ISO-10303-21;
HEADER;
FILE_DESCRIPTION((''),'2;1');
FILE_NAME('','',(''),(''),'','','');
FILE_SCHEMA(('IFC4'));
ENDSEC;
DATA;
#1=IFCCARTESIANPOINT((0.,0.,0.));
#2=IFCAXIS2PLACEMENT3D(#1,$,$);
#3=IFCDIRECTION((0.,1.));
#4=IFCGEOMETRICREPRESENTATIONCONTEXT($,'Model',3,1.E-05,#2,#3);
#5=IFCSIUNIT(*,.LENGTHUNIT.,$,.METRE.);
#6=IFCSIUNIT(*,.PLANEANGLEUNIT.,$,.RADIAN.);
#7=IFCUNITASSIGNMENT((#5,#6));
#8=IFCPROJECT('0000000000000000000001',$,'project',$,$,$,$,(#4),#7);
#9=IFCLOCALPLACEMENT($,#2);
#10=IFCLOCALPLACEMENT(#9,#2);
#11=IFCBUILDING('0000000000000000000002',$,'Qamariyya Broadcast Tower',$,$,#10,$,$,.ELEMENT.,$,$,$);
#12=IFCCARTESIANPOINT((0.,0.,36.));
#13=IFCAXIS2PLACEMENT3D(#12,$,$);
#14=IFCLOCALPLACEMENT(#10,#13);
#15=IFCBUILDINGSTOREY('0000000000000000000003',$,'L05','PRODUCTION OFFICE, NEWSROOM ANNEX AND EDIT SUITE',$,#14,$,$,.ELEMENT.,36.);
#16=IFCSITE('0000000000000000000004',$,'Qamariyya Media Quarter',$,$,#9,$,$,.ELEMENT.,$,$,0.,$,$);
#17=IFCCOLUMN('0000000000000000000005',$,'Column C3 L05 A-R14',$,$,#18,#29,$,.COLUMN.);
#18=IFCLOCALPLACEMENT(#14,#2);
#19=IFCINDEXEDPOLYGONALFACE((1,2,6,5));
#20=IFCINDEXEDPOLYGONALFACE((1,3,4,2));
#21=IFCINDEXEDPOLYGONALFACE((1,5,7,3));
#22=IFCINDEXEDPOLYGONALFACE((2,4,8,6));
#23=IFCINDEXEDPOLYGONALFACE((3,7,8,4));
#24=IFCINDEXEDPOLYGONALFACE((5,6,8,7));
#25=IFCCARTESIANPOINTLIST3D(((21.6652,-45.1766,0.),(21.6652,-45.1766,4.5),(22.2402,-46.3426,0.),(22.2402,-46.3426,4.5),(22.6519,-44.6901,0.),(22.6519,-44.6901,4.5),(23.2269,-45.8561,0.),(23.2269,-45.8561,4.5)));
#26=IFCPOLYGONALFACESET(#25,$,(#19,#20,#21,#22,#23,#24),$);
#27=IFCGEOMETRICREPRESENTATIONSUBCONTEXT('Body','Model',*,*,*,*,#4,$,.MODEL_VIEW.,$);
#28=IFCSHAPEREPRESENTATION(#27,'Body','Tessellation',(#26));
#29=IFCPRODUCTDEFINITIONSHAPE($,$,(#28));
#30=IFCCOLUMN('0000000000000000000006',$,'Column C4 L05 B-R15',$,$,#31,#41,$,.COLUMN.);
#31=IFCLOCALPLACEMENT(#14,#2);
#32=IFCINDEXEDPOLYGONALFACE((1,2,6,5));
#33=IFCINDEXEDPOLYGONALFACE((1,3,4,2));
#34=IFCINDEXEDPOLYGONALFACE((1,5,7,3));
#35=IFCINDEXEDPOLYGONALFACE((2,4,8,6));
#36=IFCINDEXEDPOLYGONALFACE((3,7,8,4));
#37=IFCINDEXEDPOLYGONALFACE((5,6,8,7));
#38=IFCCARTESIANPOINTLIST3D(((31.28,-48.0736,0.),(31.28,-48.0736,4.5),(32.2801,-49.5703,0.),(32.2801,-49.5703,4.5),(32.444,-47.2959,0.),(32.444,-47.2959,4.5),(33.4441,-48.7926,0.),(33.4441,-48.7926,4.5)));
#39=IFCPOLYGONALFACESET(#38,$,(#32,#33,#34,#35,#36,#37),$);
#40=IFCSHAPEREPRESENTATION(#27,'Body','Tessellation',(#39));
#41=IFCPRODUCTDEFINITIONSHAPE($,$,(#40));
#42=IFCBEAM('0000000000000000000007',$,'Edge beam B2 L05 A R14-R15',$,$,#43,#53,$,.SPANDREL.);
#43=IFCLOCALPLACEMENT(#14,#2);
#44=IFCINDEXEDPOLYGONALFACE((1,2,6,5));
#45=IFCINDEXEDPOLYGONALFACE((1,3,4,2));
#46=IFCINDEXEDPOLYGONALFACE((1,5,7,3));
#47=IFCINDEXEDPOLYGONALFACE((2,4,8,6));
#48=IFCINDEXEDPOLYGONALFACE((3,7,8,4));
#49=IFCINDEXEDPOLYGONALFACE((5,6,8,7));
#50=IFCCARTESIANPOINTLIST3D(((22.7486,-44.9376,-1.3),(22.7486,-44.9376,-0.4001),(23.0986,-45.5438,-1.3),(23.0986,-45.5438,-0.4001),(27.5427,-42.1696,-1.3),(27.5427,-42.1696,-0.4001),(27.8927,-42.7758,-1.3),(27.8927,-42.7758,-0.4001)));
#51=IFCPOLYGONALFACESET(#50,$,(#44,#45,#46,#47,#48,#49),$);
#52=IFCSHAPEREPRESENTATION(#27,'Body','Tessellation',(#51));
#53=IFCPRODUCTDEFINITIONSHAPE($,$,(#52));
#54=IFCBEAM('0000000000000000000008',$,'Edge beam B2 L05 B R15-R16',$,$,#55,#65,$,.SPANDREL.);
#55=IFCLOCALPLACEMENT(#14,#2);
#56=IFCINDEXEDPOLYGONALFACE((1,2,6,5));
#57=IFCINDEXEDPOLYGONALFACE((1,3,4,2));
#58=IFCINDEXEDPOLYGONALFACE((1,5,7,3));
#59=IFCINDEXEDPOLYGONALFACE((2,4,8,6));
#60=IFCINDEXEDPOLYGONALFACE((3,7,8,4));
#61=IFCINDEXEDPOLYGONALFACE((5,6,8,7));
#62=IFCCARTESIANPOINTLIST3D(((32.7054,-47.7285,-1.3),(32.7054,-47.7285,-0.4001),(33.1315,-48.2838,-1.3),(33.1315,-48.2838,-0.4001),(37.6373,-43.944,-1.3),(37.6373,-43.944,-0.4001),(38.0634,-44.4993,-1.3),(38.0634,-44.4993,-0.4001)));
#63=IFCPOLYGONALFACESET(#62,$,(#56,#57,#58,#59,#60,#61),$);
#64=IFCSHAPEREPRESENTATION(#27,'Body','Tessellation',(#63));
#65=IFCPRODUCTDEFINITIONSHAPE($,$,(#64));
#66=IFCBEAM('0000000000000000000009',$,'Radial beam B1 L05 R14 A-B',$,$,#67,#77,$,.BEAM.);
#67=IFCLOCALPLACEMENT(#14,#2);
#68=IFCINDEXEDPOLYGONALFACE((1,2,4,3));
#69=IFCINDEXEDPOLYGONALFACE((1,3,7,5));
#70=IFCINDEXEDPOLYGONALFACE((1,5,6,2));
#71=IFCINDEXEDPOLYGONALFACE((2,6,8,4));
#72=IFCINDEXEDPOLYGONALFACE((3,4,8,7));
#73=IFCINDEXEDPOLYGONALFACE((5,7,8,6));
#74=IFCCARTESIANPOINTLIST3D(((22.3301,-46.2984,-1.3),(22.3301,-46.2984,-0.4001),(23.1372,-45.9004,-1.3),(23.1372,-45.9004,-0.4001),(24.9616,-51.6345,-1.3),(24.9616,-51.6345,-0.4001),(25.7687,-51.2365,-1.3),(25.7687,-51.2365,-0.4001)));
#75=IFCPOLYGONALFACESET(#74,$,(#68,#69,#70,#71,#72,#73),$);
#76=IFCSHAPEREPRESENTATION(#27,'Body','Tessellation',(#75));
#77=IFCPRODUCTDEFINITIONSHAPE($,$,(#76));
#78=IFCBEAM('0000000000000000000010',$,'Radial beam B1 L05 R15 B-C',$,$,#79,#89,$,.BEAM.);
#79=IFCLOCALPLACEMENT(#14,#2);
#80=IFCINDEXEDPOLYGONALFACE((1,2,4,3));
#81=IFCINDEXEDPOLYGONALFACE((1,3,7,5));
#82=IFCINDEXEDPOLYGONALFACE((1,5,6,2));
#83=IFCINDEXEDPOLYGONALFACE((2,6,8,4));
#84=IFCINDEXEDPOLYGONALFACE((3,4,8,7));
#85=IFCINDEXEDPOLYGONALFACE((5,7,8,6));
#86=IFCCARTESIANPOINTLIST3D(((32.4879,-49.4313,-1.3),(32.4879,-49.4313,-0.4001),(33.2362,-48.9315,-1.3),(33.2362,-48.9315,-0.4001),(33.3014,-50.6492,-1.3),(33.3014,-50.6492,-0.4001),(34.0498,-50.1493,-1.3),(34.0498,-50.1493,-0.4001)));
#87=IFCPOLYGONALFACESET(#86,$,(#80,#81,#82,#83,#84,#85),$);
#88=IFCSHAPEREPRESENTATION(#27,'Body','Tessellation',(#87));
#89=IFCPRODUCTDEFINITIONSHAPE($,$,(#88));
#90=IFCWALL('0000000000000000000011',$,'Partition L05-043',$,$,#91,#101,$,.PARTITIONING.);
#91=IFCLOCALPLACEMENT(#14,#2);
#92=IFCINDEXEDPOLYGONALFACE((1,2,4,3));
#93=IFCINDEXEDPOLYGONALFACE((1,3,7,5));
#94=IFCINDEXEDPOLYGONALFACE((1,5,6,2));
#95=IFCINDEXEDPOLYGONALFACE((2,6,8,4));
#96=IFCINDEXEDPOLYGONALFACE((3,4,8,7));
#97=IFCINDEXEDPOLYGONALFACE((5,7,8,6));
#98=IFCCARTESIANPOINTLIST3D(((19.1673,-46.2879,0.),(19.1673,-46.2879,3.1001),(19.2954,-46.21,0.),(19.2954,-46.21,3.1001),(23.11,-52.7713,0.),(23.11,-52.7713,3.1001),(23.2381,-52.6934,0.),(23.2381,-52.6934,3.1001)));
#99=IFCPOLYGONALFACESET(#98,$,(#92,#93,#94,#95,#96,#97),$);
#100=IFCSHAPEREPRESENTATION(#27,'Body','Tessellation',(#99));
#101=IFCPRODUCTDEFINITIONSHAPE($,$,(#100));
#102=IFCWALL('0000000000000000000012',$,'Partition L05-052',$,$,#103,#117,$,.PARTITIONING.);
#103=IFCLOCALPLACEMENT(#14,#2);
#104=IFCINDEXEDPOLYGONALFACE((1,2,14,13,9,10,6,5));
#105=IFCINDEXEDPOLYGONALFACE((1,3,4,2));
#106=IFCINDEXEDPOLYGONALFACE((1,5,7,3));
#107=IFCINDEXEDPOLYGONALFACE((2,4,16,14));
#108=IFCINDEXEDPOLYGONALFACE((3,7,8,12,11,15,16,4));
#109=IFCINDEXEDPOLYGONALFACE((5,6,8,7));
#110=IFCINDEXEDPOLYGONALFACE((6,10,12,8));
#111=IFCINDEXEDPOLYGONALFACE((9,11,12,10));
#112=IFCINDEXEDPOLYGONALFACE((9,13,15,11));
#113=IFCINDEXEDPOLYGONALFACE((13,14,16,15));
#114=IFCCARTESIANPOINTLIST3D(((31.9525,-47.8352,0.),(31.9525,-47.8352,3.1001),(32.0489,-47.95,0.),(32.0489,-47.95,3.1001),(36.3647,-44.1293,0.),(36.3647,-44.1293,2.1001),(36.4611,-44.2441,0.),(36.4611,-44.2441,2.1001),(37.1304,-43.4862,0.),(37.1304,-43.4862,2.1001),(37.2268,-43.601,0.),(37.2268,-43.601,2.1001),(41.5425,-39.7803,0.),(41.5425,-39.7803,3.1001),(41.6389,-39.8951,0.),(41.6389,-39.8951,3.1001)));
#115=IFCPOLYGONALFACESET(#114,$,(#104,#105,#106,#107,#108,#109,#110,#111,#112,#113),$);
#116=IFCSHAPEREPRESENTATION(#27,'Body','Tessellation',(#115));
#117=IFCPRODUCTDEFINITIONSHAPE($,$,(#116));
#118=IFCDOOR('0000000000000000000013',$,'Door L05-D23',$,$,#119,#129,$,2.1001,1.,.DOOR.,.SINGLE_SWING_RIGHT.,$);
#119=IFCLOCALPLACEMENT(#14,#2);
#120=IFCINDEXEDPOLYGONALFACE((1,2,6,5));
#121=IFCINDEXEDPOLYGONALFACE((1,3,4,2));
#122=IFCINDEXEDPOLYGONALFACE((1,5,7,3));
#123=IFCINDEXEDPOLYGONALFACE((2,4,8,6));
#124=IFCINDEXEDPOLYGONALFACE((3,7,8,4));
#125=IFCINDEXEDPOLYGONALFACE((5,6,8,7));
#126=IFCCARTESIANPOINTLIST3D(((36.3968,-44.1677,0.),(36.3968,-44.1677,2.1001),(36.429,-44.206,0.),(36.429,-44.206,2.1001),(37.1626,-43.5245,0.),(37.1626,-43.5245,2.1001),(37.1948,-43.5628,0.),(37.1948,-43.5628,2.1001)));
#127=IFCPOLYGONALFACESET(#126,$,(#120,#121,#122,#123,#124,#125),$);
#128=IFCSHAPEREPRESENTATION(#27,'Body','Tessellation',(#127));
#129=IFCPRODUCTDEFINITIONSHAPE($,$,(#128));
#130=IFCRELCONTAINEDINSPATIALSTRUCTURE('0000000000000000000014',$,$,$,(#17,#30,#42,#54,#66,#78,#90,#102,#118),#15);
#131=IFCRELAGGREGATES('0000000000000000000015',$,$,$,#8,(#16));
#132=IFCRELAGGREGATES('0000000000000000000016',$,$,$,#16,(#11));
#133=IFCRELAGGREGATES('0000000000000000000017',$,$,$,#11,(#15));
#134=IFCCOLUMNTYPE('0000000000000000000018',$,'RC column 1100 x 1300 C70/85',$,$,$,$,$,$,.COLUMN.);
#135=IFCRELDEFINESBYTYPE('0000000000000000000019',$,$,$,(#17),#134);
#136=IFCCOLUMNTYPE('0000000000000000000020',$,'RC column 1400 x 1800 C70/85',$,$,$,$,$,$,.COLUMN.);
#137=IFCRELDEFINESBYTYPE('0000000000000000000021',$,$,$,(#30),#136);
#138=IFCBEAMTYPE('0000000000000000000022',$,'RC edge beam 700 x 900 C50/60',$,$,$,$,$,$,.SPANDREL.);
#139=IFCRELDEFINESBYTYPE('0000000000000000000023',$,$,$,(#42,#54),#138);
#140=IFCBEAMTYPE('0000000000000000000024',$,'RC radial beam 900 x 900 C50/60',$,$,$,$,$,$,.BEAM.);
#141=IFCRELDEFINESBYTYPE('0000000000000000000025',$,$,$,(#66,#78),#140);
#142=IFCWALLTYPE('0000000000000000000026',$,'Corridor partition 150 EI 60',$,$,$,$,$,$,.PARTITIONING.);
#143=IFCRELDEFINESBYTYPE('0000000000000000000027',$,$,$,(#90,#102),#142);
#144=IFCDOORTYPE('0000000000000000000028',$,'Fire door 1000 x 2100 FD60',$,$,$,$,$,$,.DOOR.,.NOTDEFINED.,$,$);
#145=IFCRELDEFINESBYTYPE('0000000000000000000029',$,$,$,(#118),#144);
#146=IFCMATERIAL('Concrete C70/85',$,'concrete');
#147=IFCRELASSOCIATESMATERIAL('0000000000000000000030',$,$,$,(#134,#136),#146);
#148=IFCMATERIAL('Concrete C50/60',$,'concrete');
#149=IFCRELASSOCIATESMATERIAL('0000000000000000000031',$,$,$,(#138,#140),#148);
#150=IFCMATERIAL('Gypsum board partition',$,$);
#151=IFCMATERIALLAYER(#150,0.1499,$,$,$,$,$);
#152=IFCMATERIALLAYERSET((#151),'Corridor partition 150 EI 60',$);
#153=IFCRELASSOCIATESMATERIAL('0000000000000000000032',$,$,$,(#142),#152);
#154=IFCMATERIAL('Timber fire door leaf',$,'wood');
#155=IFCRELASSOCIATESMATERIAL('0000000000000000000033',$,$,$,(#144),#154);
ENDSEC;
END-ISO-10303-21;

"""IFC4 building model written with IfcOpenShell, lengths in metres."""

from ifc_helpers import new_model, si_unit, direction, frame, frame_2d, origin, origin_2d, place, context, subcontext, project, spatial, rectangle, extrude, material, layer, layer_set, material_profile, profile_set, type_object, element, fill, save


model = new_model("IFC4")

# Units and contexts
model_context = context("Model", 3, precision=1e-05, world=origin(), true_north=direction((0.0, 1.0)))
body_context = subcontext(model_context, "Body", "Model", "MODEL_VIEW")
ifc_project = project(units=[si_unit("LENGTHUNIT", "METRE"), si_unit("PLANEANGLEUNIT", "RADIAN")], contexts=[model_context])

# Site, building, storey
site_placement = place(None, origin())
site = spatial("IfcSite", under=ifc_project, at=site_placement, Name="Qamariyya Media Quarter", CompositionType="ELEMENT", RefElevation=0.0)
building_placement = place(site_placement, origin())
building = spatial("IfcBuilding", under=site, at=building_placement, Name="Qamariyya Broadcast Tower", CompositionType="ELEMENT")
storey_placement = place(building_placement, frame((0.0, 0.0, 36.0)))
storey = spatial("IfcBuildingStorey", under=building, at=storey_placement, Name="L05", Description="PRODUCTION OFFICE, NEWSROOM ANNEX AND EDIT SUITE", CompositionType="ELEMENT", Elevation=36.0)

# Columns
ifc_material_1 = material(Name="Concrete C70/85", Category="concrete")
ifc_material_profile_1 = material_profile(ifc_material_1, rectangle(XDim=1.1001, YDim=1.3, at=origin_2d()))
ifc_profile_set_1 = profile_set([ifc_material_profile_1], Name="Concrete C70/85")
column_type_1 = type_object("IfcColumnType", Name="RC column 1100 x 1300 C70/85", PredefinedType="COLUMN", material=ifc_profile_set_1)
column_1_placement = place(storey_placement, frame((22.446, -45.5164, 0.0), z_axis=(0.0, 0.0, 1.0), x_axis=(0.896873, 0.442289, 0.0)))
element("IfcColumn", 1, at=column_1_placement, inside=storey, type_object=column_type_1, Name="Column C3 L05 A-R14", PredefinedType="COLUMN", context=body_context, shape_type="SweptSolid", body=[
    extrude(rectangle(XDim=1.1001, YDim=1.3, at=origin_2d()), origin(), (0.0, 0.0, 1.0), 4.5),
])
ifc_material_profile_2 = material_profile(ifc_material_1, rectangle(XDim=1.3999, YDim=1.8, at=origin_2d()))
ifc_profile_set_2 = profile_set([ifc_material_profile_2], Name="Concrete C70/85")
column_type_2 = type_object("IfcColumnType", Name="RC column 1400 x 1800 C70/85", PredefinedType="COLUMN", material=ifc_profile_set_2)
column_2_placement = place(storey_placement, frame((32.3621, -48.4331, 0.0), z_axis=(0.0, 0.0, 1.0), x_axis=(0.83147, 0.55557, 0.0)))
element("IfcColumn", 2, at=column_2_placement, inside=storey, type_object=column_type_2, Name="Column C4 L05 B-R15", PredefinedType="COLUMN", context=body_context, shape_type="SweptSolid", body=[
    extrude(rectangle(XDim=1.3999, YDim=1.8, at=origin_2d()), origin(), (0.0, 0.0, 1.0), 4.5),
])

# Beams
ifc_material_2 = material(Name="Concrete C50/60", Category="concrete")
ifc_material_profile_3 = material_profile(ifc_material_2, rectangle(XDim=0.7, YDim=0.8999, at=origin_2d()))
ifc_profile_set_3 = profile_set([ifc_material_profile_3], Name="Concrete C50/60")
beam_type_1 = type_object("IfcBeamType", Name="RC edge beam 700 x 900 C50/60", PredefinedType="SPANDREL", material=ifc_profile_set_3)
beam_1_placement = place(storey_placement, frame((22.9236, -45.2407, -0.8501), z_axis=(0.866014, 0.500019, 0.0), x_axis=(-0.500019, 0.866014, 0.0)))
element("IfcBeam", 3, at=beam_1_placement, inside=storey, type_object=beam_type_1, Name="Edge beam B2 L05 A R14-R15", PredefinedType="SPANDREL", context=body_context, shape_type="SweptSolid", body=[
    extrude(rectangle(XDim=0.7, YDim=0.8999, at=origin_2d()), origin(), (0.0, 0.0, 1.0), 5.5359),
])
beam_2_placement = place(storey_placement, frame((32.9185, -48.0061, -0.8501), z_axis=(0.793349, 0.608767, 0.0), x_axis=(-0.608767, 0.793349, 0.0)))
element("IfcBeam", 4, at=beam_2_placement, inside=storey, type_object=beam_type_1, Name="Edge beam B2 L05 B R15-R16", PredefinedType="SPANDREL", context=body_context, shape_type="SweptSolid", body=[
    extrude(rectangle(XDim=0.7, YDim=0.8999, at=origin_2d()), origin(), (0.0, 0.0, 1.0), 6.2166),
])
ifc_material_profile_4 = material_profile(ifc_material_2, rectangle(XDim=0.8999, YDim=0.8999, at=origin_2d()))
ifc_profile_set_4 = profile_set([ifc_material_profile_4], Name="Concrete C50/60")
beam_type_2 = type_object("IfcBeamType", Name="RC radial beam 900 x 900 C50/60", PredefinedType="BEAM", material=ifc_profile_set_4)
beam_3_placement = place(storey_placement, frame((22.7336, -46.0994, -0.8501), z_axis=(0.442299, -0.896868, 0.0), x_axis=(0.896868, 0.442299, 0.0)))
element("IfcBeam", 5, at=beam_3_placement, inside=storey, type_object=beam_type_2, Name="Radial beam B1 L05 R14 A-B", PredefinedType="BEAM", context=body_context, shape_type="SweptSolid", body=[
    extrude(rectangle(XDim=0.8999, YDim=0.8999, at=origin_2d()), origin(), (0.0, 0.0, 1.0), 5.9497),
])
beam_4_placement = place(storey_placement, frame((32.8621, -49.1814, -0.8501), z_axis=(0.555469, -0.831537, 0.0), x_axis=(0.831537, 0.555469, 0.0)))
element("IfcBeam", 6, at=beam_4_placement, inside=storey, type_object=beam_type_2, Name="Radial beam B1 L05 R15 B-C", PredefinedType="BEAM", context=body_context, shape_type="SweptSolid", body=[
    extrude(rectangle(XDim=0.8999, YDim=0.8999, at=origin_2d()), origin(), (0.0, 0.0, 1.0), 1.4646),
])

# Wall
ifc_material_3 = material(Name="Gypsum board partition")
ifc_layer_1 = layer(ifc_material_3, 0.1499)
ifc_layer_set_1 = layer_set([ifc_layer_1], Name="Corridor partition 150 EI 60")
wall_type_1 = type_object("IfcWallType", Name="Corridor partition 150 EI 60", PredefinedType="PARTITIONING", material=ifc_layer_set_1)
wall_1_placement = place(storey_placement, frame((19.2314, -46.249, 0.0), z_axis=(0.0, 0.0, 1.0), x_axis=(0.519583, -0.85442, 0.0)))
element("IfcWall", 7, at=wall_1_placement, inside=storey, type_object=wall_type_1, Name="Partition L05-043", PredefinedType="PARTITIONING", context=body_context, shape_type="SweptSolid", body=[
    extrude(rectangle(XDim=7.5881, YDim=0.1499, at=frame_2d((3.7939, 0.0))), origin(), (0.0, 0.0, 1.0), 3.1001),
])

# Wall, opening, door
wall_2_placement = place(storey_placement, frame((32.0007, -47.8926, 0.0), z_axis=(0.0, 0.0, 1.0), x_axis=(0.765734, 0.643157, 0.0)))
wall_2 = element("IfcWall", 8, at=wall_2_placement, inside=storey, type_object=wall_type_1, Name="Partition L05-052", PredefinedType="PARTITIONING", context=body_context, shape_type="SweptSolid", body=[
    extrude(rectangle(XDim=12.5239, YDim=0.1499, at=frame_2d((6.262, 0.0))), origin(), (0.0, 0.0, 1.0), 3.1001),
])
opening_1_placement = place(wall_2_placement, frame((5.762, 0.0, 0.0)))
opening_1 = element("IfcOpeningElement", 9, at=opening_1_placement, cuts=wall_2, PredefinedType="OPENING", context=body_context, shape_type="SweptSolid", body=[
    extrude(rectangle(XDim=1.0, YDim=2.1001, at=frame_2d((0.5, 1.05))), frame((0.0, 0.085, 0.0), z_axis=(0.0, -1.0, 0.0), x_axis=(1.0, 0.0, 0.0)), (0.0, 0.0, 1.0), 0.1699),
])
ifc_material_4 = material(Name="Timber fire door leaf", Category="wood")
door_type = type_object("IfcDoorType", Name="Fire door 1000 x 2100 FD60", OperationType="NOTDEFINED", PredefinedType="DOOR", material=ifc_material_4)
door_placement = place(opening_1_placement, origin())
door = element("IfcDoor", 10, at=door_placement, inside=storey, type_object=door_type, Name="Door L05-D23", OperationType="SINGLE_SWING_RIGHT", OverallHeight=2.1001, OverallWidth=1.0, PredefinedType="DOOR", context=body_context, shape_type="SweptSolid", body=[
    extrude(rectangle(XDim=1.0, YDim=2.1001, at=frame_2d((0.5, 1.05))), frame((0.0, 0.0249, 0.0), z_axis=(0.0, -1.0, 0.0), x_axis=(1.0, 0.0, 0.0)), (0.0, 0.0, 1.0), 0.05),
])
fill(opening_1, door)

save(model, "model.ifc")
